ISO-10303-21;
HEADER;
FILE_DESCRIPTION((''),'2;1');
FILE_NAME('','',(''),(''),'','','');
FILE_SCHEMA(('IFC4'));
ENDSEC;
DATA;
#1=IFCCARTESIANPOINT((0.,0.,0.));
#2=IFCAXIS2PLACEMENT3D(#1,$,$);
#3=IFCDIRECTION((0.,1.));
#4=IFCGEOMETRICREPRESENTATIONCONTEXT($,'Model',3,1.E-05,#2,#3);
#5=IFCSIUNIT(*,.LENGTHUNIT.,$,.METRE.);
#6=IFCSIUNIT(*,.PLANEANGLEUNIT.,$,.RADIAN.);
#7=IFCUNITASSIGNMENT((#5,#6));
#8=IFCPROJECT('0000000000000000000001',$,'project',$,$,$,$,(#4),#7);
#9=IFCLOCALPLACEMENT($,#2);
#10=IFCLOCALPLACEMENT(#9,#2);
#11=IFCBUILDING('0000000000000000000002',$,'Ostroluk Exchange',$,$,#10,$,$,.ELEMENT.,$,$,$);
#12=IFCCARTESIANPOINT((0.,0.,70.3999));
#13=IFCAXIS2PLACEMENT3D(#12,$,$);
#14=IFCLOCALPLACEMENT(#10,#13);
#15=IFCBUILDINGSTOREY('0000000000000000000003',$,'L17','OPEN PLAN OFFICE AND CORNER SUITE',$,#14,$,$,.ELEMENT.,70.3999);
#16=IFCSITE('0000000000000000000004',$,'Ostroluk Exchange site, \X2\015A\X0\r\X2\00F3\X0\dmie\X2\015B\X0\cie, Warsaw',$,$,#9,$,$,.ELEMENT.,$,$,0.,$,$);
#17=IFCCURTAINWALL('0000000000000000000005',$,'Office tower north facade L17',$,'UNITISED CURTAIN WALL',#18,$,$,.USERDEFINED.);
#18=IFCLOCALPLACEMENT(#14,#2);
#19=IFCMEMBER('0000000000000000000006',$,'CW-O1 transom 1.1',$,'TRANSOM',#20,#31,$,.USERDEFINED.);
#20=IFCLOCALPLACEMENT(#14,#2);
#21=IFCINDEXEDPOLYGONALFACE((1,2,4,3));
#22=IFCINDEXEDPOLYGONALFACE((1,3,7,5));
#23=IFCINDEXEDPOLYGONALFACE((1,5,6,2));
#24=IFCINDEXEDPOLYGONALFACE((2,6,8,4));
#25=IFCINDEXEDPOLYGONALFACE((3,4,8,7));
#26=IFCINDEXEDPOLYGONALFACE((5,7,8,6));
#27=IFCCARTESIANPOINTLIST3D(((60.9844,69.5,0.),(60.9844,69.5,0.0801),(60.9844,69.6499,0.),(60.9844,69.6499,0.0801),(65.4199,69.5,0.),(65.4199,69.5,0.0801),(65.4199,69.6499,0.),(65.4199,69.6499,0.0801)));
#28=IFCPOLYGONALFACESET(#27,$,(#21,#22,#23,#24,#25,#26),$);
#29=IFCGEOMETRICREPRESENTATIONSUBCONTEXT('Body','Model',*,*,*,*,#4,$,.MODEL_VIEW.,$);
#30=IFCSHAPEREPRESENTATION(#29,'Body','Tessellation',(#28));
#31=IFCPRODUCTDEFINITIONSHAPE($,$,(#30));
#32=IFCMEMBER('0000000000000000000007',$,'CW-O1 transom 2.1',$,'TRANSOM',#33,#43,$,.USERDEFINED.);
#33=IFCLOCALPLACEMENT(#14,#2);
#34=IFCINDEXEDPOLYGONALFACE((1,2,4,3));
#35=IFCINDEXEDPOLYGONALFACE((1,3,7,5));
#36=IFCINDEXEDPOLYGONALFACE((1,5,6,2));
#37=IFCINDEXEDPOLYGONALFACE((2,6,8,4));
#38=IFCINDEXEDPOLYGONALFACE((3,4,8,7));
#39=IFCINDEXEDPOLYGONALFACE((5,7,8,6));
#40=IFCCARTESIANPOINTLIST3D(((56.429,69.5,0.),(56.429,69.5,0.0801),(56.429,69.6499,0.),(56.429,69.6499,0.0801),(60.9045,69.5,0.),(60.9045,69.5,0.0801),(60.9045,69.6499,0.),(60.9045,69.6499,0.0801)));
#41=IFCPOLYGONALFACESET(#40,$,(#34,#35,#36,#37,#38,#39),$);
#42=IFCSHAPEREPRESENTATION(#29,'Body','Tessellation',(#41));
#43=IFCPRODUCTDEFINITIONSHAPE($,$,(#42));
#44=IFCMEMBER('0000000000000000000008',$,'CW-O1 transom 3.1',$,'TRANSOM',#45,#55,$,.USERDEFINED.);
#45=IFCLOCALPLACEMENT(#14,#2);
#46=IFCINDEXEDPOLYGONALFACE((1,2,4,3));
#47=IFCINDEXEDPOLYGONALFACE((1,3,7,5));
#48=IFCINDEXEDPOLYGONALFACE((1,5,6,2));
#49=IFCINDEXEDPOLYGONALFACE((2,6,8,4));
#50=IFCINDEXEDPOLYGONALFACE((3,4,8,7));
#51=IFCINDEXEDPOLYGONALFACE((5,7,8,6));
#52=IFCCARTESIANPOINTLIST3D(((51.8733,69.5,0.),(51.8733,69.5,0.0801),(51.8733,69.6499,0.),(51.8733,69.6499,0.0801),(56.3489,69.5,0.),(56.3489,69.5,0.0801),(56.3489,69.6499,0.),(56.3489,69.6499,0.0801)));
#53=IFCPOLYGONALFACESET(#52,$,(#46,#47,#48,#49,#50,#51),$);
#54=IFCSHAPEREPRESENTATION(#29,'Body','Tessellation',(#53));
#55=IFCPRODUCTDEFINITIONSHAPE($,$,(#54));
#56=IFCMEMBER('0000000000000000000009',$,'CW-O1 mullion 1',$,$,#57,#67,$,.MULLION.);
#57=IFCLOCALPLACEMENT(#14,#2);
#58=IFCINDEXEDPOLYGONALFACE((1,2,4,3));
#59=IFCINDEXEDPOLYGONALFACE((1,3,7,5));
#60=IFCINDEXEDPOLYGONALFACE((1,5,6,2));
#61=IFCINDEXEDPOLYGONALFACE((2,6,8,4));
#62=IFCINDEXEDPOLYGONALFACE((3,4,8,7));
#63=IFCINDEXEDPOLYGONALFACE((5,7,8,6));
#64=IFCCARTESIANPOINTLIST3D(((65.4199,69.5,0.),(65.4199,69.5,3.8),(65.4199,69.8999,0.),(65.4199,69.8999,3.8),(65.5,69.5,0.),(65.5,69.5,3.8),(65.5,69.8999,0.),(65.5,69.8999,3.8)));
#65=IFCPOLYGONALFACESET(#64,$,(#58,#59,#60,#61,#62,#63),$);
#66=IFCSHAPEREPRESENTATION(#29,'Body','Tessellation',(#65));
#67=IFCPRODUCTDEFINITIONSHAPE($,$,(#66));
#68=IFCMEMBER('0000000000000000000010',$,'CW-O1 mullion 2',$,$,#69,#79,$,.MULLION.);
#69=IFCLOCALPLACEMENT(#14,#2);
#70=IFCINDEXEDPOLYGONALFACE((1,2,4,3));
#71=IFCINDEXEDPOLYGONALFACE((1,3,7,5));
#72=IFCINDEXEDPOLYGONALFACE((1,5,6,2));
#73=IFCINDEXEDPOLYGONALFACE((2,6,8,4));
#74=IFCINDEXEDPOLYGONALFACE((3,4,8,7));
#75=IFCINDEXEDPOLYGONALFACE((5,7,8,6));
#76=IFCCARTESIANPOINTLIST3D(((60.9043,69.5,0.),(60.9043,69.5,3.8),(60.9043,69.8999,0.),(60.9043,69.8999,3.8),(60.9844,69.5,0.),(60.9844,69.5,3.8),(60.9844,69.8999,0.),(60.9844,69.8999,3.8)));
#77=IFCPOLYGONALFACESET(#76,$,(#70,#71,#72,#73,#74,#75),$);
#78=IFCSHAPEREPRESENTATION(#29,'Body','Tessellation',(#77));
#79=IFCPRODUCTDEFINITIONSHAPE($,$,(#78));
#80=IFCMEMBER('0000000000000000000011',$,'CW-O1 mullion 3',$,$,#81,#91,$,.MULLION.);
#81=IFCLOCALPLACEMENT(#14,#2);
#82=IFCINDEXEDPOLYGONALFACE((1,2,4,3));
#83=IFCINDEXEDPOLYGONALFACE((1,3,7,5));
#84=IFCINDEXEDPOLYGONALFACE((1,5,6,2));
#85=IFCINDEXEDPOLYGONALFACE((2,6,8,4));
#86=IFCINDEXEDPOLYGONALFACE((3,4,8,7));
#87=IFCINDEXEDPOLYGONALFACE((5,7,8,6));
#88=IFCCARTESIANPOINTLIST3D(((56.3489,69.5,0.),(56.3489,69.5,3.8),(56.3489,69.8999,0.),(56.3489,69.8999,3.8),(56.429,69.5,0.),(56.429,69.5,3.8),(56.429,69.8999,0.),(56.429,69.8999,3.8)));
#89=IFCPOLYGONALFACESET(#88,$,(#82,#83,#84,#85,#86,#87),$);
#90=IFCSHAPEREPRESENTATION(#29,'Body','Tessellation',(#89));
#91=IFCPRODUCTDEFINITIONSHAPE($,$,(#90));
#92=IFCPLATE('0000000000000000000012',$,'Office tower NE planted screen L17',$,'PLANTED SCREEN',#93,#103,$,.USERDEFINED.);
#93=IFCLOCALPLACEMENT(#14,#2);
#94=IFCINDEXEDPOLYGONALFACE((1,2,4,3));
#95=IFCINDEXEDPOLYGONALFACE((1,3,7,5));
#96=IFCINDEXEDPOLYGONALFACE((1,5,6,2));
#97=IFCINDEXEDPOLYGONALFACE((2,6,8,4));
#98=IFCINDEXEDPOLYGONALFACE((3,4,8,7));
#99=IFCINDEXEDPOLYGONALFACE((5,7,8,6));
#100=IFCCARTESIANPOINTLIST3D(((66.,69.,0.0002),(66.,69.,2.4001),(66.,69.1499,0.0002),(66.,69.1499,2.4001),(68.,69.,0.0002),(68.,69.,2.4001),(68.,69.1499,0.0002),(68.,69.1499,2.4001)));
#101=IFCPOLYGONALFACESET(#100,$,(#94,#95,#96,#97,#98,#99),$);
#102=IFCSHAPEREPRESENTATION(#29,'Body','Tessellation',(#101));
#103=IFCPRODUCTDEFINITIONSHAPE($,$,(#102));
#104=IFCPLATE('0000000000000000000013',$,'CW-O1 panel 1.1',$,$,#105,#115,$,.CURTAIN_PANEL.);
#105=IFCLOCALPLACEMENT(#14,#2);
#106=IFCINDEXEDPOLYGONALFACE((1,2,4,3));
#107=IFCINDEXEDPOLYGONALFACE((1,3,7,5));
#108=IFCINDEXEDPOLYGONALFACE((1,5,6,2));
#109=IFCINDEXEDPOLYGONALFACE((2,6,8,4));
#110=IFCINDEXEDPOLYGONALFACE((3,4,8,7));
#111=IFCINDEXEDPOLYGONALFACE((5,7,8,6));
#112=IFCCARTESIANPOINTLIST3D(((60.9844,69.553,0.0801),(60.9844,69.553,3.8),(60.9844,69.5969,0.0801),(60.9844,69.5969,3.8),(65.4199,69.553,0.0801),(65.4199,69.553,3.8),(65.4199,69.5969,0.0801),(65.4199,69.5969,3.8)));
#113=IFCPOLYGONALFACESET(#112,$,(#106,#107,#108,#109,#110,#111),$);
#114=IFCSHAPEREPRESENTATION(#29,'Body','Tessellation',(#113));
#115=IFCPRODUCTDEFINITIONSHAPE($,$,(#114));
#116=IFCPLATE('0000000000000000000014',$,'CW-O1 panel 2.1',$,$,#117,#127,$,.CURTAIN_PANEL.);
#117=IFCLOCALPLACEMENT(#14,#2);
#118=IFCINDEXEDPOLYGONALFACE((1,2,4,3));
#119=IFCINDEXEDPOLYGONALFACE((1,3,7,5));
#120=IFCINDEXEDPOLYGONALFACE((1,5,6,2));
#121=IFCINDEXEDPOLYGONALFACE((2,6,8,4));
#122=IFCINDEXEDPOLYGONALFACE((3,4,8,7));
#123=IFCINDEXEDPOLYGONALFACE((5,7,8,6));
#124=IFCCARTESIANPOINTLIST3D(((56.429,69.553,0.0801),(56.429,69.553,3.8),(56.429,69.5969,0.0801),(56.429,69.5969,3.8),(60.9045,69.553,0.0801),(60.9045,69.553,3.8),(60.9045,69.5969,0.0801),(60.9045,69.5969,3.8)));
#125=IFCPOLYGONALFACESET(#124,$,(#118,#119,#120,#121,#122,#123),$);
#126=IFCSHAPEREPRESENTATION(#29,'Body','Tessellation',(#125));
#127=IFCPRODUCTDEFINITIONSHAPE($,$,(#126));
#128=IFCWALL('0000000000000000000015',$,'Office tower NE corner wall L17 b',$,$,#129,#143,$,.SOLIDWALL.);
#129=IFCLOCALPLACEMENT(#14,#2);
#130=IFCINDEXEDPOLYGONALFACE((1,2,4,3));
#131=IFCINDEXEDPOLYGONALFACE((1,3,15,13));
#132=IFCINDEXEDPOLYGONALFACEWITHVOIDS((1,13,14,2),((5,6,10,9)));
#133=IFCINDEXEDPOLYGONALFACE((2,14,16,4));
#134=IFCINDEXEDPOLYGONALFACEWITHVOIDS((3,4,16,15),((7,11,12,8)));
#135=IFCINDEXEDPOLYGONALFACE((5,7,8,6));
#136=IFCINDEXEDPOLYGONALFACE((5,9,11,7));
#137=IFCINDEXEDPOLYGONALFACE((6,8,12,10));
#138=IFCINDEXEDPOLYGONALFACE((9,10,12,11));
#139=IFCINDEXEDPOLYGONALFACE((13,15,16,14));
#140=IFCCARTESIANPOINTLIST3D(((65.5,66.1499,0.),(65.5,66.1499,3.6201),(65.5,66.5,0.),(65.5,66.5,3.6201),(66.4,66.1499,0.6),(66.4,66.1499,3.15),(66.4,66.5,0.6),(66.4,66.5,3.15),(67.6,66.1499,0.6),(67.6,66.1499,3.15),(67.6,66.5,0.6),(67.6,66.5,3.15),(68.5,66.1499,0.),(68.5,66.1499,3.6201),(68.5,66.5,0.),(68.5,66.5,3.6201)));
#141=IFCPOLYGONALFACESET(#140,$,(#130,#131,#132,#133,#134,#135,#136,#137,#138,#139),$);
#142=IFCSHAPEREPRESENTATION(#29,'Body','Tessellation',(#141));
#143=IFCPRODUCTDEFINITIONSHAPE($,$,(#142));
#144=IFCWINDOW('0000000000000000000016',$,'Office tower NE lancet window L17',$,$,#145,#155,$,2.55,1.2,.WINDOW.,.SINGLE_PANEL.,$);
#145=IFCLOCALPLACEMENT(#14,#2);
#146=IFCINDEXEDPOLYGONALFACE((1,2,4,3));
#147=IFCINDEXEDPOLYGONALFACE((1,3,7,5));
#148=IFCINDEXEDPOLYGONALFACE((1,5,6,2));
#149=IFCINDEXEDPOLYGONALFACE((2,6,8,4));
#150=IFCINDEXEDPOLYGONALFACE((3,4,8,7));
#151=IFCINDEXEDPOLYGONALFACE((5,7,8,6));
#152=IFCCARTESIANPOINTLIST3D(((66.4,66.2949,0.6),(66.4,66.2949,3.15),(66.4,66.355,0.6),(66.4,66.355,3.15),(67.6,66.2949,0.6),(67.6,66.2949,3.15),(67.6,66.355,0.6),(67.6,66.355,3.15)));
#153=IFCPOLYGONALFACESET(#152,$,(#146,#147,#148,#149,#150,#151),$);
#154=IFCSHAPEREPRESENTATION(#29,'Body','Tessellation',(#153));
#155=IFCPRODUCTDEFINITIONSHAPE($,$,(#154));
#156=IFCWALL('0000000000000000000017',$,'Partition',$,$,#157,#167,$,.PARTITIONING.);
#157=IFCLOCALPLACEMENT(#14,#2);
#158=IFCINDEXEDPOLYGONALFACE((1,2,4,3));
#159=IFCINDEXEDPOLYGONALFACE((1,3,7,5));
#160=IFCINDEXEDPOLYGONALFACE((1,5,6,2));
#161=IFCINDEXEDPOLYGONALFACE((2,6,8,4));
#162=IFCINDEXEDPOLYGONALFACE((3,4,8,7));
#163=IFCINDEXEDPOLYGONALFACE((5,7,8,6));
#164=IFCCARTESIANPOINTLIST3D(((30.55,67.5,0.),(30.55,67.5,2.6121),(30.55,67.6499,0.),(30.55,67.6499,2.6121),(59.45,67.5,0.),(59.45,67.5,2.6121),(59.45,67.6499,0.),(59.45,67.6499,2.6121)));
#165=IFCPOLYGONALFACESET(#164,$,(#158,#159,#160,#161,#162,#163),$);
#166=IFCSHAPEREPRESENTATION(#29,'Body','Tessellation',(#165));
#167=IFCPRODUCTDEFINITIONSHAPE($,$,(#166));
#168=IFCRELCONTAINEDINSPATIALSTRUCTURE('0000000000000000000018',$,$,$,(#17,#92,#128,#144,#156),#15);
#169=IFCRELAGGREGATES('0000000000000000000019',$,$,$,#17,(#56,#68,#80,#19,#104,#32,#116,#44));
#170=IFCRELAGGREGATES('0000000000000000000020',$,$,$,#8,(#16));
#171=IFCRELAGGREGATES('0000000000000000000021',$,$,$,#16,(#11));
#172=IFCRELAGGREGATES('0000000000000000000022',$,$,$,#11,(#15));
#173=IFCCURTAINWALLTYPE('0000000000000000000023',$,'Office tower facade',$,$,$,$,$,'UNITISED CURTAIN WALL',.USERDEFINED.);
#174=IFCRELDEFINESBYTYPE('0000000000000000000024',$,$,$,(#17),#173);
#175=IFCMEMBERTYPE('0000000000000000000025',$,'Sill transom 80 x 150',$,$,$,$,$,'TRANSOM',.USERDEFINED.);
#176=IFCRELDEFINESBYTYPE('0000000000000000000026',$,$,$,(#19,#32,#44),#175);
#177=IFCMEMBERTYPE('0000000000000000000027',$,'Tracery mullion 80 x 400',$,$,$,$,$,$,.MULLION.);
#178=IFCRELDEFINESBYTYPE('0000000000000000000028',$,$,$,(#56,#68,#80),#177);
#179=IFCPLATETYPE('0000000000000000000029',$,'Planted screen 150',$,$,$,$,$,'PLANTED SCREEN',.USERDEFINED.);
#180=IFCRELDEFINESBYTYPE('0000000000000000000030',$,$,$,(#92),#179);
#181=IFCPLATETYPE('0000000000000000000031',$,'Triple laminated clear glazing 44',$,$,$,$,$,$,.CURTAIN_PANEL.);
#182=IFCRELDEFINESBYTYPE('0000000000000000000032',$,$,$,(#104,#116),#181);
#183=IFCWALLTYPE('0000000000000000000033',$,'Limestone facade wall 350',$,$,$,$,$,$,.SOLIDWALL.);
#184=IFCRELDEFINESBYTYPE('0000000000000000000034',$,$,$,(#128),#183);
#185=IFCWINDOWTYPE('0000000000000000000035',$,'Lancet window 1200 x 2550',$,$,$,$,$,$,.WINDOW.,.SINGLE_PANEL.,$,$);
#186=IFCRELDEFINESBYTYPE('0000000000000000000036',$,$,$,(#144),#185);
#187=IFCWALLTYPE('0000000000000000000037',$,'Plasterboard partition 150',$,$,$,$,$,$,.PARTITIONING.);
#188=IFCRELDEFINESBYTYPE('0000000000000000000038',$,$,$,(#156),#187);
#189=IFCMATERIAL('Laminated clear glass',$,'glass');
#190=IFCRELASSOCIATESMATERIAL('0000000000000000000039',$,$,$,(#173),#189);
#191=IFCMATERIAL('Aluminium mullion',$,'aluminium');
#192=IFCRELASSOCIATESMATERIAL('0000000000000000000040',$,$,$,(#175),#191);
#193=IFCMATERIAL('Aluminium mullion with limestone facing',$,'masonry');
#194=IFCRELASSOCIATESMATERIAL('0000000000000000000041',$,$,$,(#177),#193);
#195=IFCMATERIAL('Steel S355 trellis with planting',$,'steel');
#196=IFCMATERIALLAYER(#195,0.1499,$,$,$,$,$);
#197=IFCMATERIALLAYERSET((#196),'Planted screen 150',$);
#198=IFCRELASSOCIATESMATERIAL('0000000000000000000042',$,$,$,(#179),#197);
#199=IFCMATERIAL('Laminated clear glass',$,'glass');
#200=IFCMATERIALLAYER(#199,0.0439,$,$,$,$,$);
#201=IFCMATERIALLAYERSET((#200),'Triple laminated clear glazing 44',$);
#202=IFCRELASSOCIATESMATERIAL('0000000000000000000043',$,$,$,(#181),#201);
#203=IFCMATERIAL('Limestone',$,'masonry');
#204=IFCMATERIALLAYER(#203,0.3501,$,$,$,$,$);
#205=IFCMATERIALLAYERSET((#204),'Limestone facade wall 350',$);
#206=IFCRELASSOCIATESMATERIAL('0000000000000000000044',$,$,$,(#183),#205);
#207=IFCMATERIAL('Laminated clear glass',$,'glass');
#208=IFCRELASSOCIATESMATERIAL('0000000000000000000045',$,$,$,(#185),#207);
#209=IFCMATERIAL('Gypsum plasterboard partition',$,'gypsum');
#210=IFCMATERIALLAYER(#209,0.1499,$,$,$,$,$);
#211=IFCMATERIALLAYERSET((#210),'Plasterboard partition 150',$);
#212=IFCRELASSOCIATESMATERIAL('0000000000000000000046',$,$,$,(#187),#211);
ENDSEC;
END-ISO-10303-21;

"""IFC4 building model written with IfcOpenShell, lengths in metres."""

from ifc_helpers import new_model, si_unit, direction, frame, frame_2d, origin, origin_2d, place, context, subcontext, project, spatial, rectangle, extrude, material, layer, layer_set, material_profile, profile_set, type_object, element, fill, aggregate, save


model = new_model("IFC4")

# Units and contexts
model_context = context("Model", 3, precision=1e-05, world=origin(), true_north=direction((0.0, 1.0)))
body_context = subcontext(model_context, "Body", "Model", "MODEL_VIEW")
ifc_project = project(units=[si_unit("LENGTHUNIT", "METRE"), si_unit("PLANEANGLEUNIT", "RADIAN")], contexts=[model_context])

# Site, building, storey
site_placement = place(None, origin())
site = spatial("IfcSite", under=ifc_project, at=site_placement, Name="Ostroluk Exchange site, Śródmieście, Warsaw", CompositionType="ELEMENT", RefElevation=0.0)
building_placement = place(site_placement, origin())
building = spatial("IfcBuilding", under=site, at=building_placement, Name="Ostroluk Exchange", CompositionType="ELEMENT")
storey_placement = place(building_placement, frame((0.0, 0.0, 70.3999)))
storey = spatial("IfcBuildingStorey", under=building, at=storey_placement, Name="L17", Description="OPEN PLAN OFFICE AND CORNER SUITE", CompositionType="ELEMENT", Elevation=70.3999)

# Curtain wall, members
ifc_material_1 = material(Name="Laminated clear glass", Category="glass")
curtain_wall_type = type_object("IfcCurtainWallType", Name="Office tower facade", ElementType="UNITISED CURTAIN WALL", PredefinedType="USERDEFINED", material=ifc_material_1)
curtain_wall_placement = place(storey_placement, origin())
curtain_wall = element("IfcCurtainWall", 1, at=curtain_wall_placement, inside=storey, type_object=curtain_wall_type, Name="Office tower north facade L17", ObjectType="UNITISED CURTAIN WALL", PredefinedType="USERDEFINED")
ifc_material_2 = material(Name="Aluminium mullion", Category="aluminium")
ifc_material_profile_1 = material_profile(ifc_material_2, rectangle(XDim=0.1499, YDim=0.0801, at=origin_2d()), Name="Sill transom 80 x 150")
ifc_profile_set_1 = profile_set([ifc_material_profile_1], Name="Aluminium mullion")
member_type_1 = type_object("IfcMemberType", Name="Sill transom 80 x 150", ElementType="TRANSOM", PredefinedType="USERDEFINED", material=ifc_profile_set_1)
member_1_placement = place(storey_placement, frame((65.4199, 69.575, 0.04), z_axis=(-1.0, 0.0, 0.0), x_axis=(0.0, -1.0, 0.0)))
member_1 = element("IfcMember", 2, at=member_1_placement, type_object=member_type_1, Name="CW-O1 transom 1.1", ObjectType="TRANSOM", PredefinedType="USERDEFINED", context=body_context, shape_type="SweptSolid", body=[
    extrude(rectangle(XDim=0.1499, YDim=0.0801, at=origin_2d()), origin(), (0.0, 0.0, 1.0), 4.4355),
])
member_2_placement = place(storey_placement, frame((60.9045, 69.575, 0.04), z_axis=(-1.0, 0.0, 0.0), x_axis=(0.0, -1.0, 0.0)))
member_2 = element("IfcMember", 3, at=member_2_placement, type_object=member_type_1, Name="CW-O1 transom 2.1", ObjectType="TRANSOM", PredefinedType="USERDEFINED", context=body_context, shape_type="SweptSolid", body=[
    extrude(rectangle(XDim=0.1499, YDim=0.0801, at=origin_2d()), origin(), (0.0, 0.0, 1.0), 4.4756),
])
member_3_placement = place(storey_placement, frame((56.3489, 69.575, 0.04), z_axis=(-1.0, 0.0, 0.0), x_axis=(0.0, -1.0, 0.0)))
member_3 = element("IfcMember", 4, at=member_3_placement, type_object=member_type_1, Name="CW-O1 transom 3.1", ObjectType="TRANSOM", PredefinedType="USERDEFINED", context=body_context, shape_type="SweptSolid", body=[
    extrude(rectangle(XDim=0.1499, YDim=0.0801, at=origin_2d()), origin(), (0.0, 0.0, 1.0), 4.4756),
])
ifc_material_3 = material(Name="Aluminium mullion with limestone facing", Category="masonry")
ifc_material_profile_2 = material_profile(ifc_material_3, rectangle(XDim=0.3999, YDim=0.0801, at=origin_2d()), Name="Tracery mullion 80 x 400")
ifc_profile_set_2 = profile_set([ifc_material_profile_2], Name="Aluminium mullion with limestone facing")
member_type_2 = type_object("IfcMemberType", Name="Tracery mullion 80 x 400", PredefinedType="MULLION", material=ifc_profile_set_2)
member_4_placement = place(storey_placement, frame((65.46, 69.7, 0.0), z_axis=(0.0, 0.0, 1.0), x_axis=(0.0, -1.0, 0.0)))
member_4 = element("IfcMember", 5, at=member_4_placement, type_object=member_type_2, Name="CW-O1 mullion 1", PredefinedType="MULLION", context=body_context, shape_type="SweptSolid", body=[
    extrude(rectangle(XDim=0.3999, YDim=0.0801, at=origin_2d()), origin(), (0.0, 0.0, 1.0), 3.8),
])
member_5_placement = place(storey_placement, frame((60.9443, 69.7, 0.0), z_axis=(0.0, 0.0, 1.0), x_axis=(0.0, -1.0, 0.0)))
member_5 = element("IfcMember", 6, at=member_5_placement, type_object=member_type_2, Name="CW-O1 mullion 2", PredefinedType="MULLION", context=body_context, shape_type="SweptSolid", body=[
    extrude(rectangle(XDim=0.3999, YDim=0.0801, at=origin_2d()), origin(), (0.0, 0.0, 1.0), 3.8),
])
member_6_placement = place(storey_placement, frame((56.3889, 69.7, 0.0), z_axis=(0.0, 0.0, 1.0), x_axis=(0.0, -1.0, 0.0)))
member_6 = element("IfcMember", 7, at=member_6_placement, type_object=member_type_2, Name="CW-O1 mullion 3", PredefinedType="MULLION", context=body_context, shape_type="SweptSolid", body=[
    extrude(rectangle(XDim=0.3999, YDim=0.0801, at=origin_2d()), origin(), (0.0, 0.0, 1.0), 3.8),
])

# Plates
ifc_material_4 = material(Name="Steel S355 trellis with planting", Category="steel")
ifc_layer_1 = layer(ifc_material_4, 0.1499)
ifc_layer_set_1 = layer_set([ifc_layer_1], Name="Planted screen 150")
plate_type_1 = type_object("IfcPlateType", Name="Planted screen 150", ElementType="PLANTED SCREEN", PredefinedType="USERDEFINED", material=ifc_layer_set_1)
plate_1_placement = place(storey_placement, frame((67.0, 69.075, 0.0002), z_axis=(0.0, 0.0, 1.0), x_axis=(1.0, 0.0, 0.0)))
element("IfcPlate", 8, at=plate_1_placement, inside=storey, type_object=plate_type_1, Name="Office tower NE planted screen L17", ObjectType="PLANTED SCREEN", PredefinedType="USERDEFINED", context=body_context, shape_type="SweptSolid", body=[
    extrude(rectangle(XDim=2.0, YDim=0.1499, at=origin_2d()), origin(), (0.0, 0.0, 1.0), 2.3999),
])
ifc_material_5 = material(Name="Laminated clear glass", Category="glass")
ifc_layer_2 = layer(ifc_material_5, 0.0439)
ifc_layer_set_2 = layer_set([ifc_layer_2], Name="Triple laminated clear glazing 44")
plate_type_2 = type_object("IfcPlateType", Name="Triple laminated clear glazing 44", PredefinedType="CURTAIN_PANEL", material=ifc_layer_set_2)
plate_2_placement = place(storey_placement, frame((63.2021, 69.575, 0.0801), z_axis=(0.0, 0.0, 1.0), x_axis=(-1.0, 0.0, 0.0)))
plate_2 = element("IfcPlate", 9, at=plate_2_placement, type_object=plate_type_2, Name="CW-O1 panel 1.1", PredefinedType="CURTAIN_PANEL", context=body_context, shape_type="SweptSolid", body=[
    extrude(rectangle(XDim=4.4355, YDim=0.0439, at=origin_2d()), origin(), (0.0, 0.0, 1.0), 3.72),
])
plate_3_placement = place(storey_placement, frame((58.6667, 69.575, 0.0801), z_axis=(0.0, 0.0, 1.0), x_axis=(-1.0, 0.0, 0.0)))
plate_3 = element("IfcPlate", 10, at=plate_3_placement, type_object=plate_type_2, Name="CW-O1 panel 2.1", PredefinedType="CURTAIN_PANEL", context=body_context, shape_type="SweptSolid", body=[
    extrude(rectangle(XDim=4.4756, YDim=0.0439, at=origin_2d()), origin(), (0.0, 0.0, 1.0), 3.72),
])
aggregate(curtain_wall, [member_4, member_5, member_6, member_1, plate_2, member_2, plate_3, member_3])

# Shared definitions
ifc_material_6 = material(Name="Limestone", Category="masonry")
ifc_layer_3 = layer(ifc_material_6, 0.3501)
ifc_layer_set_3 = layer_set([ifc_layer_3], Name="Limestone facade wall 350")
wall_type_1 = type_object("IfcWallType", Name="Limestone facade wall 350", PredefinedType="SOLIDWALL", material=ifc_layer_set_3)

# Wall, opening, window
wall_1_placement = place(storey_placement, frame((65.5, 66.325, 0.0), z_axis=(0.0, 0.0, 1.0), x_axis=(1.0, 0.0, 0.0)))
wall_1 = element("IfcWall", 11, at=wall_1_placement, inside=storey, type_object=wall_type_1, Name="Office tower NE corner wall L17 b", PredefinedType="SOLIDWALL", context=body_context, shape_type="SweptSolid", body=[
    extrude(rectangle(XDim=3.0, YDim=0.3501, at=frame_2d((1.5, 0.0))), origin(), (0.0, 0.0, 1.0), 3.6201),
])
opening_1_placement = place(wall_1_placement, frame((0.8999, 0.0, 0.6001)))
opening_1 = element("IfcOpeningElement", 12, at=opening_1_placement, cuts=wall_1, PredefinedType="OPENING", context=body_context, shape_type="SweptSolid", body=[
    extrude(rectangle(XDim=1.2, YDim=2.55, at=frame_2d((0.6001, 1.2749))), frame((0.0, 0.1851, 0.0), z_axis=(0.0, -1.0, 0.0), x_axis=(1.0, 0.0, 0.0)), (0.0, 0.0, 1.0), 0.3701),
])
ifc_material_7 = material(Name="Laminated clear glass", Category="glass")
window_type = type_object("IfcWindowType", Name="Lancet window 1200 x 2550", PartitioningType="SINGLE_PANEL", PredefinedType="WINDOW", material=ifc_material_7)
window_placement = place(opening_1_placement, origin())
window = element("IfcWindow", 13, at=window_placement, inside=storey, type_object=window_type, Name="Office tower NE lancet window L17", OverallHeight=2.55, OverallWidth=1.2, PartitioningType="SINGLE_PANEL", PredefinedType="WINDOW", context=body_context, shape_type="SweptSolid", body=[
    extrude(rectangle(XDim=1.2, YDim=2.55, at=frame_2d((0.6001, 1.2749))), frame((0.0, 0.03, 0.0), z_axis=(0.0, -1.0, 0.0), x_axis=(1.0, 0.0, 0.0)), (0.0, 0.0, 1.0), 0.0601),
])
fill(opening_1, window)

# Wall
ifc_material_8 = material(Name="Gypsum plasterboard partition", Category="gypsum")
ifc_layer_4 = layer(ifc_material_8, 0.1499)
ifc_layer_set_4 = layer_set([ifc_layer_4], Name="Plasterboard partition 150")
wall_type_2 = type_object("IfcWallType", Name="Plasterboard partition 150", PredefinedType="PARTITIONING", material=ifc_layer_set_4)
wall_2_placement = place(storey_placement, frame((59.45, 67.575, 0.0), z_axis=(0.0, 0.0, 1.0), x_axis=(-1.0, 0.0, 0.0)))
element("IfcWall", 14, at=wall_2_placement, inside=storey, type_object=wall_type_2, Name="Partition", PredefinedType="PARTITIONING", context=body_context, shape_type="SweptSolid", body=[
    extrude(rectangle(XDim=28.8999, YDim=0.1499, at=frame_2d((14.45, 0.0))), origin(), (0.0, 0.0, 1.0), 2.6121),
])

save(model, "model.ifc")
